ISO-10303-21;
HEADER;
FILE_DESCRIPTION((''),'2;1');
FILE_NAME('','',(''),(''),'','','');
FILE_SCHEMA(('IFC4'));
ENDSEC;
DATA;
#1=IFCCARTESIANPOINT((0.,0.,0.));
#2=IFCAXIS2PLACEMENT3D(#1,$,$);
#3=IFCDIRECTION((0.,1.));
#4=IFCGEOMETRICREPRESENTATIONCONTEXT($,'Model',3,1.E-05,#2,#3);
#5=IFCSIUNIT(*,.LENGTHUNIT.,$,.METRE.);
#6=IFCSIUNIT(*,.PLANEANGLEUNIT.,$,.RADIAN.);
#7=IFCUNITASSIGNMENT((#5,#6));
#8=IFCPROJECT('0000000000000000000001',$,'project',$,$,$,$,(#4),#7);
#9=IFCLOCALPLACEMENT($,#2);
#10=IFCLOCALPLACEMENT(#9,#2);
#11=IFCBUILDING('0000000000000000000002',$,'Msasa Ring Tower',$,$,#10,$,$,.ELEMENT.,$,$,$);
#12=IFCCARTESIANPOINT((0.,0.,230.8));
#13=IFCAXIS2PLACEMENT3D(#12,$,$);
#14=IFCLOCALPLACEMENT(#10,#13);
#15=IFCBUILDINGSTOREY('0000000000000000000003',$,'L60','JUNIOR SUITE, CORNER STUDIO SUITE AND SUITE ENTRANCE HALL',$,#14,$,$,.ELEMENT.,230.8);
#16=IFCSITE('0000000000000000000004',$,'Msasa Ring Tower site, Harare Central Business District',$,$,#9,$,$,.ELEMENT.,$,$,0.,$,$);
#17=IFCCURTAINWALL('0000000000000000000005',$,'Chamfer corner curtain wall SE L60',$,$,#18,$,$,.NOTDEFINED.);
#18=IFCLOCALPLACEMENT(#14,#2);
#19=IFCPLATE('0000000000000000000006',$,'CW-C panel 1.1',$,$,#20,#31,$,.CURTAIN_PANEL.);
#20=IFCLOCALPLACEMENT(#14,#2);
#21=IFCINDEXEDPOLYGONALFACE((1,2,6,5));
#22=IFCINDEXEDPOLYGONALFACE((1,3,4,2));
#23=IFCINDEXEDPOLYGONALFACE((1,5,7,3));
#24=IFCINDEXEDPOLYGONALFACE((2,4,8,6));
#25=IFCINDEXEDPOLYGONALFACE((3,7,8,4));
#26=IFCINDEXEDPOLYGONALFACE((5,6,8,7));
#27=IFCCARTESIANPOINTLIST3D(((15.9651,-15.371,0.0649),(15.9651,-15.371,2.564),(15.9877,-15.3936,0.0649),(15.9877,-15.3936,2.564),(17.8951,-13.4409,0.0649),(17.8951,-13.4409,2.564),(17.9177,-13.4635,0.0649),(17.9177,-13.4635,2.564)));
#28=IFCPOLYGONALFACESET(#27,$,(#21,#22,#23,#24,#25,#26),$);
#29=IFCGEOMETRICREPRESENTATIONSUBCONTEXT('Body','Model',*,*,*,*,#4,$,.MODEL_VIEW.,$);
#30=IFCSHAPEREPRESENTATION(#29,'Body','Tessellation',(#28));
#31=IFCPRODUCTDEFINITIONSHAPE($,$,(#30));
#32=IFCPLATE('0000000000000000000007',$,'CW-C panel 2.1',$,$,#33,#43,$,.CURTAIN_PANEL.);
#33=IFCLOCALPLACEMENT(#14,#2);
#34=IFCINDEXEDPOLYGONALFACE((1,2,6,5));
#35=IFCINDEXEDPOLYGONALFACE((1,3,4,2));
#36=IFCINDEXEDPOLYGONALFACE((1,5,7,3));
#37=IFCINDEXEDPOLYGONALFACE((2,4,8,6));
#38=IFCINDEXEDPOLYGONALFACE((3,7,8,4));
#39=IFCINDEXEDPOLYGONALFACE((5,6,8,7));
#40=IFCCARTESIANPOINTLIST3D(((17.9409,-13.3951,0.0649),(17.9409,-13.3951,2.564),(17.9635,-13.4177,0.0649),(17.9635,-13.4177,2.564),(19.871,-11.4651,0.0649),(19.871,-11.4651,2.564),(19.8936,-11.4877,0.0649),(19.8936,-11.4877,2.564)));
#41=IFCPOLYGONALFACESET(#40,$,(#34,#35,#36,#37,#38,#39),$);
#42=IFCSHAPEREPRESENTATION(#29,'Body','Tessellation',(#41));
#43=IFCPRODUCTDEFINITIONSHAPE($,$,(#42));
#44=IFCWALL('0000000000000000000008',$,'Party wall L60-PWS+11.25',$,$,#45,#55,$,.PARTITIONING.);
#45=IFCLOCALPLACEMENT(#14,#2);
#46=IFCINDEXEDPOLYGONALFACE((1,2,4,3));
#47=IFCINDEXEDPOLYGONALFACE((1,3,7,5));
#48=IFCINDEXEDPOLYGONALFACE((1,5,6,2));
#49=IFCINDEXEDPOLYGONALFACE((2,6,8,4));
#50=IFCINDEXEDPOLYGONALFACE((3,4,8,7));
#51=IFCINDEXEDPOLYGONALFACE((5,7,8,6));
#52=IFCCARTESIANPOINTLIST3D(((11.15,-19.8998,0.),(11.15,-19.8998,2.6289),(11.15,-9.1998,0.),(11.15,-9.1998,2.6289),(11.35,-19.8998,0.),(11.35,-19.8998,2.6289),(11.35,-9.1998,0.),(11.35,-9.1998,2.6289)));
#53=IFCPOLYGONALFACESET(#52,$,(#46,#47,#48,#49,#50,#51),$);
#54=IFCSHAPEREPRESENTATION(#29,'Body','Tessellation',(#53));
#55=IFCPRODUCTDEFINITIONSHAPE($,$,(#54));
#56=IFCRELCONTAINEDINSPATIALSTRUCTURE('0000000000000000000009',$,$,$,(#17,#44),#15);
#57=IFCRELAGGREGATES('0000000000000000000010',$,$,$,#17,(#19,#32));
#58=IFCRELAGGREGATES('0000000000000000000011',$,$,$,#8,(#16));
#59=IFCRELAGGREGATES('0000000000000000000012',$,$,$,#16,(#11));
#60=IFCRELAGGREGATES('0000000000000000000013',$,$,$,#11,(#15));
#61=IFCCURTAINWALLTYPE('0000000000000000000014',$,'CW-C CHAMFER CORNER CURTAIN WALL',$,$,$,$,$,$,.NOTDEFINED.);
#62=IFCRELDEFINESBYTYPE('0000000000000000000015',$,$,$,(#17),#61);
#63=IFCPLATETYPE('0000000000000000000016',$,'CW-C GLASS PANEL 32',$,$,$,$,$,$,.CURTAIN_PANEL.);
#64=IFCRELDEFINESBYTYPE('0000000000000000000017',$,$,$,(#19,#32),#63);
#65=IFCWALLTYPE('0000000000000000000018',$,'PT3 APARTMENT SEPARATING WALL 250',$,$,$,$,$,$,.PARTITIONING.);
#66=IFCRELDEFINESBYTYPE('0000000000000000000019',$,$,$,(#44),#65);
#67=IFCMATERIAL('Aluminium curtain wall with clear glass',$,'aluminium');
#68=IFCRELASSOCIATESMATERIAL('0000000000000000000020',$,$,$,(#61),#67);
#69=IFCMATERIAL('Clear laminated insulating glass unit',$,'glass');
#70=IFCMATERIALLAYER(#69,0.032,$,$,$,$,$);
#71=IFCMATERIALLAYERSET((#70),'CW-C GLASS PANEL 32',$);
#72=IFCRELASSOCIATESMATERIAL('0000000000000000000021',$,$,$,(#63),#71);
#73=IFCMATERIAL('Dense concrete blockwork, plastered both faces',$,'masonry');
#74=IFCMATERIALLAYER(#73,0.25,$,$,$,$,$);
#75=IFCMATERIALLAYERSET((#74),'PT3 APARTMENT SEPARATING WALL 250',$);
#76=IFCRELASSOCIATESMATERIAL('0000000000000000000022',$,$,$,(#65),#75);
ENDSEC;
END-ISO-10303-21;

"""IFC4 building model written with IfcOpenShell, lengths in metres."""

from ifc_helpers import new_model, si_unit, direction, frame, frame_2d, origin, origin_2d, place, context, subcontext, project, spatial, rectangle, extrude, material, layer, layer_set, type_object, element, aggregate, save


model = new_model("IFC4")

# Units and contexts
model_context = context("Model", 3, precision=1e-05, world=origin(), true_north=direction((0.0, 1.0)))
body_context = subcontext(model_context, "Body", "Model", "MODEL_VIEW")
ifc_project = project(units=[si_unit("LENGTHUNIT", "METRE"), si_unit("PLANEANGLEUNIT", "RADIAN")], contexts=[model_context])

# Site, building, storey
site_placement = place(None, origin())
site = spatial("IfcSite", under=ifc_project, at=site_placement, Name="Msasa Ring Tower site, Harare Central Business District", CompositionType="ELEMENT", RefElevation=0.0)
building_placement = place(site_placement, origin())
building = spatial("IfcBuilding", under=site, at=building_placement, Name="Msasa Ring Tower", CompositionType="ELEMENT")
storey_placement = place(building_placement, frame((0.0, 0.0, 230.8)))
storey = spatial("IfcBuildingStorey", under=building, at=storey_placement, Name="L60", Description="JUNIOR SUITE, CORNER STUDIO SUITE AND SUITE ENTRANCE HALL", CompositionType="ELEMENT", Elevation=230.8)

# Curtain wall
ifc_material_1 = material(Name="Aluminium curtain wall with clear glass", Category="aluminium")
curtain_wall_type = type_object("IfcCurtainWallType", Name="CW-C CHAMFER CORNER CURTAIN WALL", PredefinedType="NOTDEFINED", material=ifc_material_1)
curtain_wall_1_placement = place(storey_placement, origin())
curtain_wall_1 = element("IfcCurtainWall", 1, at=curtain_wall_1_placement, inside=storey, type_object=curtain_wall_type, Name="Chamfer corner curtain wall SE L60", PredefinedType="NOTDEFINED")

# Plates
ifc_material_2 = material(Name="Clear laminated insulating glass unit", Category="glass")
ifc_layer_1 = layer(ifc_material_2, 0.032)
ifc_layer_set_1 = layer_set([ifc_layer_1], Name="CW-C GLASS PANEL 32")
plate_type = type_object("IfcPlateType", Name="CW-C GLASS PANEL 32", PredefinedType="CURTAIN_PANEL", material=ifc_layer_set_1)
plate_1_placement = place(storey_placement, frame((16.9414, -14.4172, 0.0649), z_axis=(0.0, 0.0, 1.0), x_axis=(0.707107, 0.707107, 0.0)))
plate_1 = element("IfcPlate", 2, at=plate_1_placement, type_object=plate_type, Name="CW-C panel 1.1", PredefinedType="CURTAIN_PANEL", context=body_context, shape_type="SweptSolid", body=[
    extrude(rectangle(XDim=2.7295, YDim=0.032, at=origin_2d()), origin(), (0.0, 0.0, 1.0), 2.499),
])
plate_2_placement = place(storey_placement, frame((18.9172, -12.4414, 0.0649), z_axis=(0.0, 0.0, 1.0), x_axis=(0.707107, 0.707107, 0.0)))
plate_2 = element("IfcPlate", 3, at=plate_2_placement, type_object=plate_type, Name="CW-C panel 2.1", PredefinedType="CURTAIN_PANEL", context=body_context, shape_type="SweptSolid", body=[
    extrude(rectangle(XDim=2.7295, YDim=0.032, at=origin_2d()), origin(), (0.0, 0.0, 1.0), 2.499),
])
aggregate(curtain_wall_1, [plate_1, plate_2])

# Wall
ifc_material_3 = material(Name="Dense concrete blockwork, plastered both faces", Category="masonry")
ifc_layer_2 = layer(ifc_material_3, 0.25)
ifc_layer_set_2 = layer_set([ifc_layer_2], Name="PT3 APARTMENT SEPARATING WALL 250")
wall_type = type_object("IfcWallType", Name="PT3 APARTMENT SEPARATING WALL 250", PredefinedType="PARTITIONING", material=ifc_layer_set_2)
wall_placement = place(storey_placement, frame((11.25, -19.8999, 0.0), z_axis=(0.0, 0.0, 1.0), x_axis=(0.0, 1.0, 0.0)))
element("IfcWall", 4, at=wall_placement, inside=storey, type_object=wall_type, Name="Party wall L60-PWS+11.25", PredefinedType="PARTITIONING", context=body_context, shape_type="SweptSolid", body=[
    extrude(rectangle(XDim=10.7, YDim=0.2, at=frame_2d((5.3501, 0.0))), origin(), (0.0, 0.0, 1.0), 2.6289),
])

save(model, "model.ifc")
